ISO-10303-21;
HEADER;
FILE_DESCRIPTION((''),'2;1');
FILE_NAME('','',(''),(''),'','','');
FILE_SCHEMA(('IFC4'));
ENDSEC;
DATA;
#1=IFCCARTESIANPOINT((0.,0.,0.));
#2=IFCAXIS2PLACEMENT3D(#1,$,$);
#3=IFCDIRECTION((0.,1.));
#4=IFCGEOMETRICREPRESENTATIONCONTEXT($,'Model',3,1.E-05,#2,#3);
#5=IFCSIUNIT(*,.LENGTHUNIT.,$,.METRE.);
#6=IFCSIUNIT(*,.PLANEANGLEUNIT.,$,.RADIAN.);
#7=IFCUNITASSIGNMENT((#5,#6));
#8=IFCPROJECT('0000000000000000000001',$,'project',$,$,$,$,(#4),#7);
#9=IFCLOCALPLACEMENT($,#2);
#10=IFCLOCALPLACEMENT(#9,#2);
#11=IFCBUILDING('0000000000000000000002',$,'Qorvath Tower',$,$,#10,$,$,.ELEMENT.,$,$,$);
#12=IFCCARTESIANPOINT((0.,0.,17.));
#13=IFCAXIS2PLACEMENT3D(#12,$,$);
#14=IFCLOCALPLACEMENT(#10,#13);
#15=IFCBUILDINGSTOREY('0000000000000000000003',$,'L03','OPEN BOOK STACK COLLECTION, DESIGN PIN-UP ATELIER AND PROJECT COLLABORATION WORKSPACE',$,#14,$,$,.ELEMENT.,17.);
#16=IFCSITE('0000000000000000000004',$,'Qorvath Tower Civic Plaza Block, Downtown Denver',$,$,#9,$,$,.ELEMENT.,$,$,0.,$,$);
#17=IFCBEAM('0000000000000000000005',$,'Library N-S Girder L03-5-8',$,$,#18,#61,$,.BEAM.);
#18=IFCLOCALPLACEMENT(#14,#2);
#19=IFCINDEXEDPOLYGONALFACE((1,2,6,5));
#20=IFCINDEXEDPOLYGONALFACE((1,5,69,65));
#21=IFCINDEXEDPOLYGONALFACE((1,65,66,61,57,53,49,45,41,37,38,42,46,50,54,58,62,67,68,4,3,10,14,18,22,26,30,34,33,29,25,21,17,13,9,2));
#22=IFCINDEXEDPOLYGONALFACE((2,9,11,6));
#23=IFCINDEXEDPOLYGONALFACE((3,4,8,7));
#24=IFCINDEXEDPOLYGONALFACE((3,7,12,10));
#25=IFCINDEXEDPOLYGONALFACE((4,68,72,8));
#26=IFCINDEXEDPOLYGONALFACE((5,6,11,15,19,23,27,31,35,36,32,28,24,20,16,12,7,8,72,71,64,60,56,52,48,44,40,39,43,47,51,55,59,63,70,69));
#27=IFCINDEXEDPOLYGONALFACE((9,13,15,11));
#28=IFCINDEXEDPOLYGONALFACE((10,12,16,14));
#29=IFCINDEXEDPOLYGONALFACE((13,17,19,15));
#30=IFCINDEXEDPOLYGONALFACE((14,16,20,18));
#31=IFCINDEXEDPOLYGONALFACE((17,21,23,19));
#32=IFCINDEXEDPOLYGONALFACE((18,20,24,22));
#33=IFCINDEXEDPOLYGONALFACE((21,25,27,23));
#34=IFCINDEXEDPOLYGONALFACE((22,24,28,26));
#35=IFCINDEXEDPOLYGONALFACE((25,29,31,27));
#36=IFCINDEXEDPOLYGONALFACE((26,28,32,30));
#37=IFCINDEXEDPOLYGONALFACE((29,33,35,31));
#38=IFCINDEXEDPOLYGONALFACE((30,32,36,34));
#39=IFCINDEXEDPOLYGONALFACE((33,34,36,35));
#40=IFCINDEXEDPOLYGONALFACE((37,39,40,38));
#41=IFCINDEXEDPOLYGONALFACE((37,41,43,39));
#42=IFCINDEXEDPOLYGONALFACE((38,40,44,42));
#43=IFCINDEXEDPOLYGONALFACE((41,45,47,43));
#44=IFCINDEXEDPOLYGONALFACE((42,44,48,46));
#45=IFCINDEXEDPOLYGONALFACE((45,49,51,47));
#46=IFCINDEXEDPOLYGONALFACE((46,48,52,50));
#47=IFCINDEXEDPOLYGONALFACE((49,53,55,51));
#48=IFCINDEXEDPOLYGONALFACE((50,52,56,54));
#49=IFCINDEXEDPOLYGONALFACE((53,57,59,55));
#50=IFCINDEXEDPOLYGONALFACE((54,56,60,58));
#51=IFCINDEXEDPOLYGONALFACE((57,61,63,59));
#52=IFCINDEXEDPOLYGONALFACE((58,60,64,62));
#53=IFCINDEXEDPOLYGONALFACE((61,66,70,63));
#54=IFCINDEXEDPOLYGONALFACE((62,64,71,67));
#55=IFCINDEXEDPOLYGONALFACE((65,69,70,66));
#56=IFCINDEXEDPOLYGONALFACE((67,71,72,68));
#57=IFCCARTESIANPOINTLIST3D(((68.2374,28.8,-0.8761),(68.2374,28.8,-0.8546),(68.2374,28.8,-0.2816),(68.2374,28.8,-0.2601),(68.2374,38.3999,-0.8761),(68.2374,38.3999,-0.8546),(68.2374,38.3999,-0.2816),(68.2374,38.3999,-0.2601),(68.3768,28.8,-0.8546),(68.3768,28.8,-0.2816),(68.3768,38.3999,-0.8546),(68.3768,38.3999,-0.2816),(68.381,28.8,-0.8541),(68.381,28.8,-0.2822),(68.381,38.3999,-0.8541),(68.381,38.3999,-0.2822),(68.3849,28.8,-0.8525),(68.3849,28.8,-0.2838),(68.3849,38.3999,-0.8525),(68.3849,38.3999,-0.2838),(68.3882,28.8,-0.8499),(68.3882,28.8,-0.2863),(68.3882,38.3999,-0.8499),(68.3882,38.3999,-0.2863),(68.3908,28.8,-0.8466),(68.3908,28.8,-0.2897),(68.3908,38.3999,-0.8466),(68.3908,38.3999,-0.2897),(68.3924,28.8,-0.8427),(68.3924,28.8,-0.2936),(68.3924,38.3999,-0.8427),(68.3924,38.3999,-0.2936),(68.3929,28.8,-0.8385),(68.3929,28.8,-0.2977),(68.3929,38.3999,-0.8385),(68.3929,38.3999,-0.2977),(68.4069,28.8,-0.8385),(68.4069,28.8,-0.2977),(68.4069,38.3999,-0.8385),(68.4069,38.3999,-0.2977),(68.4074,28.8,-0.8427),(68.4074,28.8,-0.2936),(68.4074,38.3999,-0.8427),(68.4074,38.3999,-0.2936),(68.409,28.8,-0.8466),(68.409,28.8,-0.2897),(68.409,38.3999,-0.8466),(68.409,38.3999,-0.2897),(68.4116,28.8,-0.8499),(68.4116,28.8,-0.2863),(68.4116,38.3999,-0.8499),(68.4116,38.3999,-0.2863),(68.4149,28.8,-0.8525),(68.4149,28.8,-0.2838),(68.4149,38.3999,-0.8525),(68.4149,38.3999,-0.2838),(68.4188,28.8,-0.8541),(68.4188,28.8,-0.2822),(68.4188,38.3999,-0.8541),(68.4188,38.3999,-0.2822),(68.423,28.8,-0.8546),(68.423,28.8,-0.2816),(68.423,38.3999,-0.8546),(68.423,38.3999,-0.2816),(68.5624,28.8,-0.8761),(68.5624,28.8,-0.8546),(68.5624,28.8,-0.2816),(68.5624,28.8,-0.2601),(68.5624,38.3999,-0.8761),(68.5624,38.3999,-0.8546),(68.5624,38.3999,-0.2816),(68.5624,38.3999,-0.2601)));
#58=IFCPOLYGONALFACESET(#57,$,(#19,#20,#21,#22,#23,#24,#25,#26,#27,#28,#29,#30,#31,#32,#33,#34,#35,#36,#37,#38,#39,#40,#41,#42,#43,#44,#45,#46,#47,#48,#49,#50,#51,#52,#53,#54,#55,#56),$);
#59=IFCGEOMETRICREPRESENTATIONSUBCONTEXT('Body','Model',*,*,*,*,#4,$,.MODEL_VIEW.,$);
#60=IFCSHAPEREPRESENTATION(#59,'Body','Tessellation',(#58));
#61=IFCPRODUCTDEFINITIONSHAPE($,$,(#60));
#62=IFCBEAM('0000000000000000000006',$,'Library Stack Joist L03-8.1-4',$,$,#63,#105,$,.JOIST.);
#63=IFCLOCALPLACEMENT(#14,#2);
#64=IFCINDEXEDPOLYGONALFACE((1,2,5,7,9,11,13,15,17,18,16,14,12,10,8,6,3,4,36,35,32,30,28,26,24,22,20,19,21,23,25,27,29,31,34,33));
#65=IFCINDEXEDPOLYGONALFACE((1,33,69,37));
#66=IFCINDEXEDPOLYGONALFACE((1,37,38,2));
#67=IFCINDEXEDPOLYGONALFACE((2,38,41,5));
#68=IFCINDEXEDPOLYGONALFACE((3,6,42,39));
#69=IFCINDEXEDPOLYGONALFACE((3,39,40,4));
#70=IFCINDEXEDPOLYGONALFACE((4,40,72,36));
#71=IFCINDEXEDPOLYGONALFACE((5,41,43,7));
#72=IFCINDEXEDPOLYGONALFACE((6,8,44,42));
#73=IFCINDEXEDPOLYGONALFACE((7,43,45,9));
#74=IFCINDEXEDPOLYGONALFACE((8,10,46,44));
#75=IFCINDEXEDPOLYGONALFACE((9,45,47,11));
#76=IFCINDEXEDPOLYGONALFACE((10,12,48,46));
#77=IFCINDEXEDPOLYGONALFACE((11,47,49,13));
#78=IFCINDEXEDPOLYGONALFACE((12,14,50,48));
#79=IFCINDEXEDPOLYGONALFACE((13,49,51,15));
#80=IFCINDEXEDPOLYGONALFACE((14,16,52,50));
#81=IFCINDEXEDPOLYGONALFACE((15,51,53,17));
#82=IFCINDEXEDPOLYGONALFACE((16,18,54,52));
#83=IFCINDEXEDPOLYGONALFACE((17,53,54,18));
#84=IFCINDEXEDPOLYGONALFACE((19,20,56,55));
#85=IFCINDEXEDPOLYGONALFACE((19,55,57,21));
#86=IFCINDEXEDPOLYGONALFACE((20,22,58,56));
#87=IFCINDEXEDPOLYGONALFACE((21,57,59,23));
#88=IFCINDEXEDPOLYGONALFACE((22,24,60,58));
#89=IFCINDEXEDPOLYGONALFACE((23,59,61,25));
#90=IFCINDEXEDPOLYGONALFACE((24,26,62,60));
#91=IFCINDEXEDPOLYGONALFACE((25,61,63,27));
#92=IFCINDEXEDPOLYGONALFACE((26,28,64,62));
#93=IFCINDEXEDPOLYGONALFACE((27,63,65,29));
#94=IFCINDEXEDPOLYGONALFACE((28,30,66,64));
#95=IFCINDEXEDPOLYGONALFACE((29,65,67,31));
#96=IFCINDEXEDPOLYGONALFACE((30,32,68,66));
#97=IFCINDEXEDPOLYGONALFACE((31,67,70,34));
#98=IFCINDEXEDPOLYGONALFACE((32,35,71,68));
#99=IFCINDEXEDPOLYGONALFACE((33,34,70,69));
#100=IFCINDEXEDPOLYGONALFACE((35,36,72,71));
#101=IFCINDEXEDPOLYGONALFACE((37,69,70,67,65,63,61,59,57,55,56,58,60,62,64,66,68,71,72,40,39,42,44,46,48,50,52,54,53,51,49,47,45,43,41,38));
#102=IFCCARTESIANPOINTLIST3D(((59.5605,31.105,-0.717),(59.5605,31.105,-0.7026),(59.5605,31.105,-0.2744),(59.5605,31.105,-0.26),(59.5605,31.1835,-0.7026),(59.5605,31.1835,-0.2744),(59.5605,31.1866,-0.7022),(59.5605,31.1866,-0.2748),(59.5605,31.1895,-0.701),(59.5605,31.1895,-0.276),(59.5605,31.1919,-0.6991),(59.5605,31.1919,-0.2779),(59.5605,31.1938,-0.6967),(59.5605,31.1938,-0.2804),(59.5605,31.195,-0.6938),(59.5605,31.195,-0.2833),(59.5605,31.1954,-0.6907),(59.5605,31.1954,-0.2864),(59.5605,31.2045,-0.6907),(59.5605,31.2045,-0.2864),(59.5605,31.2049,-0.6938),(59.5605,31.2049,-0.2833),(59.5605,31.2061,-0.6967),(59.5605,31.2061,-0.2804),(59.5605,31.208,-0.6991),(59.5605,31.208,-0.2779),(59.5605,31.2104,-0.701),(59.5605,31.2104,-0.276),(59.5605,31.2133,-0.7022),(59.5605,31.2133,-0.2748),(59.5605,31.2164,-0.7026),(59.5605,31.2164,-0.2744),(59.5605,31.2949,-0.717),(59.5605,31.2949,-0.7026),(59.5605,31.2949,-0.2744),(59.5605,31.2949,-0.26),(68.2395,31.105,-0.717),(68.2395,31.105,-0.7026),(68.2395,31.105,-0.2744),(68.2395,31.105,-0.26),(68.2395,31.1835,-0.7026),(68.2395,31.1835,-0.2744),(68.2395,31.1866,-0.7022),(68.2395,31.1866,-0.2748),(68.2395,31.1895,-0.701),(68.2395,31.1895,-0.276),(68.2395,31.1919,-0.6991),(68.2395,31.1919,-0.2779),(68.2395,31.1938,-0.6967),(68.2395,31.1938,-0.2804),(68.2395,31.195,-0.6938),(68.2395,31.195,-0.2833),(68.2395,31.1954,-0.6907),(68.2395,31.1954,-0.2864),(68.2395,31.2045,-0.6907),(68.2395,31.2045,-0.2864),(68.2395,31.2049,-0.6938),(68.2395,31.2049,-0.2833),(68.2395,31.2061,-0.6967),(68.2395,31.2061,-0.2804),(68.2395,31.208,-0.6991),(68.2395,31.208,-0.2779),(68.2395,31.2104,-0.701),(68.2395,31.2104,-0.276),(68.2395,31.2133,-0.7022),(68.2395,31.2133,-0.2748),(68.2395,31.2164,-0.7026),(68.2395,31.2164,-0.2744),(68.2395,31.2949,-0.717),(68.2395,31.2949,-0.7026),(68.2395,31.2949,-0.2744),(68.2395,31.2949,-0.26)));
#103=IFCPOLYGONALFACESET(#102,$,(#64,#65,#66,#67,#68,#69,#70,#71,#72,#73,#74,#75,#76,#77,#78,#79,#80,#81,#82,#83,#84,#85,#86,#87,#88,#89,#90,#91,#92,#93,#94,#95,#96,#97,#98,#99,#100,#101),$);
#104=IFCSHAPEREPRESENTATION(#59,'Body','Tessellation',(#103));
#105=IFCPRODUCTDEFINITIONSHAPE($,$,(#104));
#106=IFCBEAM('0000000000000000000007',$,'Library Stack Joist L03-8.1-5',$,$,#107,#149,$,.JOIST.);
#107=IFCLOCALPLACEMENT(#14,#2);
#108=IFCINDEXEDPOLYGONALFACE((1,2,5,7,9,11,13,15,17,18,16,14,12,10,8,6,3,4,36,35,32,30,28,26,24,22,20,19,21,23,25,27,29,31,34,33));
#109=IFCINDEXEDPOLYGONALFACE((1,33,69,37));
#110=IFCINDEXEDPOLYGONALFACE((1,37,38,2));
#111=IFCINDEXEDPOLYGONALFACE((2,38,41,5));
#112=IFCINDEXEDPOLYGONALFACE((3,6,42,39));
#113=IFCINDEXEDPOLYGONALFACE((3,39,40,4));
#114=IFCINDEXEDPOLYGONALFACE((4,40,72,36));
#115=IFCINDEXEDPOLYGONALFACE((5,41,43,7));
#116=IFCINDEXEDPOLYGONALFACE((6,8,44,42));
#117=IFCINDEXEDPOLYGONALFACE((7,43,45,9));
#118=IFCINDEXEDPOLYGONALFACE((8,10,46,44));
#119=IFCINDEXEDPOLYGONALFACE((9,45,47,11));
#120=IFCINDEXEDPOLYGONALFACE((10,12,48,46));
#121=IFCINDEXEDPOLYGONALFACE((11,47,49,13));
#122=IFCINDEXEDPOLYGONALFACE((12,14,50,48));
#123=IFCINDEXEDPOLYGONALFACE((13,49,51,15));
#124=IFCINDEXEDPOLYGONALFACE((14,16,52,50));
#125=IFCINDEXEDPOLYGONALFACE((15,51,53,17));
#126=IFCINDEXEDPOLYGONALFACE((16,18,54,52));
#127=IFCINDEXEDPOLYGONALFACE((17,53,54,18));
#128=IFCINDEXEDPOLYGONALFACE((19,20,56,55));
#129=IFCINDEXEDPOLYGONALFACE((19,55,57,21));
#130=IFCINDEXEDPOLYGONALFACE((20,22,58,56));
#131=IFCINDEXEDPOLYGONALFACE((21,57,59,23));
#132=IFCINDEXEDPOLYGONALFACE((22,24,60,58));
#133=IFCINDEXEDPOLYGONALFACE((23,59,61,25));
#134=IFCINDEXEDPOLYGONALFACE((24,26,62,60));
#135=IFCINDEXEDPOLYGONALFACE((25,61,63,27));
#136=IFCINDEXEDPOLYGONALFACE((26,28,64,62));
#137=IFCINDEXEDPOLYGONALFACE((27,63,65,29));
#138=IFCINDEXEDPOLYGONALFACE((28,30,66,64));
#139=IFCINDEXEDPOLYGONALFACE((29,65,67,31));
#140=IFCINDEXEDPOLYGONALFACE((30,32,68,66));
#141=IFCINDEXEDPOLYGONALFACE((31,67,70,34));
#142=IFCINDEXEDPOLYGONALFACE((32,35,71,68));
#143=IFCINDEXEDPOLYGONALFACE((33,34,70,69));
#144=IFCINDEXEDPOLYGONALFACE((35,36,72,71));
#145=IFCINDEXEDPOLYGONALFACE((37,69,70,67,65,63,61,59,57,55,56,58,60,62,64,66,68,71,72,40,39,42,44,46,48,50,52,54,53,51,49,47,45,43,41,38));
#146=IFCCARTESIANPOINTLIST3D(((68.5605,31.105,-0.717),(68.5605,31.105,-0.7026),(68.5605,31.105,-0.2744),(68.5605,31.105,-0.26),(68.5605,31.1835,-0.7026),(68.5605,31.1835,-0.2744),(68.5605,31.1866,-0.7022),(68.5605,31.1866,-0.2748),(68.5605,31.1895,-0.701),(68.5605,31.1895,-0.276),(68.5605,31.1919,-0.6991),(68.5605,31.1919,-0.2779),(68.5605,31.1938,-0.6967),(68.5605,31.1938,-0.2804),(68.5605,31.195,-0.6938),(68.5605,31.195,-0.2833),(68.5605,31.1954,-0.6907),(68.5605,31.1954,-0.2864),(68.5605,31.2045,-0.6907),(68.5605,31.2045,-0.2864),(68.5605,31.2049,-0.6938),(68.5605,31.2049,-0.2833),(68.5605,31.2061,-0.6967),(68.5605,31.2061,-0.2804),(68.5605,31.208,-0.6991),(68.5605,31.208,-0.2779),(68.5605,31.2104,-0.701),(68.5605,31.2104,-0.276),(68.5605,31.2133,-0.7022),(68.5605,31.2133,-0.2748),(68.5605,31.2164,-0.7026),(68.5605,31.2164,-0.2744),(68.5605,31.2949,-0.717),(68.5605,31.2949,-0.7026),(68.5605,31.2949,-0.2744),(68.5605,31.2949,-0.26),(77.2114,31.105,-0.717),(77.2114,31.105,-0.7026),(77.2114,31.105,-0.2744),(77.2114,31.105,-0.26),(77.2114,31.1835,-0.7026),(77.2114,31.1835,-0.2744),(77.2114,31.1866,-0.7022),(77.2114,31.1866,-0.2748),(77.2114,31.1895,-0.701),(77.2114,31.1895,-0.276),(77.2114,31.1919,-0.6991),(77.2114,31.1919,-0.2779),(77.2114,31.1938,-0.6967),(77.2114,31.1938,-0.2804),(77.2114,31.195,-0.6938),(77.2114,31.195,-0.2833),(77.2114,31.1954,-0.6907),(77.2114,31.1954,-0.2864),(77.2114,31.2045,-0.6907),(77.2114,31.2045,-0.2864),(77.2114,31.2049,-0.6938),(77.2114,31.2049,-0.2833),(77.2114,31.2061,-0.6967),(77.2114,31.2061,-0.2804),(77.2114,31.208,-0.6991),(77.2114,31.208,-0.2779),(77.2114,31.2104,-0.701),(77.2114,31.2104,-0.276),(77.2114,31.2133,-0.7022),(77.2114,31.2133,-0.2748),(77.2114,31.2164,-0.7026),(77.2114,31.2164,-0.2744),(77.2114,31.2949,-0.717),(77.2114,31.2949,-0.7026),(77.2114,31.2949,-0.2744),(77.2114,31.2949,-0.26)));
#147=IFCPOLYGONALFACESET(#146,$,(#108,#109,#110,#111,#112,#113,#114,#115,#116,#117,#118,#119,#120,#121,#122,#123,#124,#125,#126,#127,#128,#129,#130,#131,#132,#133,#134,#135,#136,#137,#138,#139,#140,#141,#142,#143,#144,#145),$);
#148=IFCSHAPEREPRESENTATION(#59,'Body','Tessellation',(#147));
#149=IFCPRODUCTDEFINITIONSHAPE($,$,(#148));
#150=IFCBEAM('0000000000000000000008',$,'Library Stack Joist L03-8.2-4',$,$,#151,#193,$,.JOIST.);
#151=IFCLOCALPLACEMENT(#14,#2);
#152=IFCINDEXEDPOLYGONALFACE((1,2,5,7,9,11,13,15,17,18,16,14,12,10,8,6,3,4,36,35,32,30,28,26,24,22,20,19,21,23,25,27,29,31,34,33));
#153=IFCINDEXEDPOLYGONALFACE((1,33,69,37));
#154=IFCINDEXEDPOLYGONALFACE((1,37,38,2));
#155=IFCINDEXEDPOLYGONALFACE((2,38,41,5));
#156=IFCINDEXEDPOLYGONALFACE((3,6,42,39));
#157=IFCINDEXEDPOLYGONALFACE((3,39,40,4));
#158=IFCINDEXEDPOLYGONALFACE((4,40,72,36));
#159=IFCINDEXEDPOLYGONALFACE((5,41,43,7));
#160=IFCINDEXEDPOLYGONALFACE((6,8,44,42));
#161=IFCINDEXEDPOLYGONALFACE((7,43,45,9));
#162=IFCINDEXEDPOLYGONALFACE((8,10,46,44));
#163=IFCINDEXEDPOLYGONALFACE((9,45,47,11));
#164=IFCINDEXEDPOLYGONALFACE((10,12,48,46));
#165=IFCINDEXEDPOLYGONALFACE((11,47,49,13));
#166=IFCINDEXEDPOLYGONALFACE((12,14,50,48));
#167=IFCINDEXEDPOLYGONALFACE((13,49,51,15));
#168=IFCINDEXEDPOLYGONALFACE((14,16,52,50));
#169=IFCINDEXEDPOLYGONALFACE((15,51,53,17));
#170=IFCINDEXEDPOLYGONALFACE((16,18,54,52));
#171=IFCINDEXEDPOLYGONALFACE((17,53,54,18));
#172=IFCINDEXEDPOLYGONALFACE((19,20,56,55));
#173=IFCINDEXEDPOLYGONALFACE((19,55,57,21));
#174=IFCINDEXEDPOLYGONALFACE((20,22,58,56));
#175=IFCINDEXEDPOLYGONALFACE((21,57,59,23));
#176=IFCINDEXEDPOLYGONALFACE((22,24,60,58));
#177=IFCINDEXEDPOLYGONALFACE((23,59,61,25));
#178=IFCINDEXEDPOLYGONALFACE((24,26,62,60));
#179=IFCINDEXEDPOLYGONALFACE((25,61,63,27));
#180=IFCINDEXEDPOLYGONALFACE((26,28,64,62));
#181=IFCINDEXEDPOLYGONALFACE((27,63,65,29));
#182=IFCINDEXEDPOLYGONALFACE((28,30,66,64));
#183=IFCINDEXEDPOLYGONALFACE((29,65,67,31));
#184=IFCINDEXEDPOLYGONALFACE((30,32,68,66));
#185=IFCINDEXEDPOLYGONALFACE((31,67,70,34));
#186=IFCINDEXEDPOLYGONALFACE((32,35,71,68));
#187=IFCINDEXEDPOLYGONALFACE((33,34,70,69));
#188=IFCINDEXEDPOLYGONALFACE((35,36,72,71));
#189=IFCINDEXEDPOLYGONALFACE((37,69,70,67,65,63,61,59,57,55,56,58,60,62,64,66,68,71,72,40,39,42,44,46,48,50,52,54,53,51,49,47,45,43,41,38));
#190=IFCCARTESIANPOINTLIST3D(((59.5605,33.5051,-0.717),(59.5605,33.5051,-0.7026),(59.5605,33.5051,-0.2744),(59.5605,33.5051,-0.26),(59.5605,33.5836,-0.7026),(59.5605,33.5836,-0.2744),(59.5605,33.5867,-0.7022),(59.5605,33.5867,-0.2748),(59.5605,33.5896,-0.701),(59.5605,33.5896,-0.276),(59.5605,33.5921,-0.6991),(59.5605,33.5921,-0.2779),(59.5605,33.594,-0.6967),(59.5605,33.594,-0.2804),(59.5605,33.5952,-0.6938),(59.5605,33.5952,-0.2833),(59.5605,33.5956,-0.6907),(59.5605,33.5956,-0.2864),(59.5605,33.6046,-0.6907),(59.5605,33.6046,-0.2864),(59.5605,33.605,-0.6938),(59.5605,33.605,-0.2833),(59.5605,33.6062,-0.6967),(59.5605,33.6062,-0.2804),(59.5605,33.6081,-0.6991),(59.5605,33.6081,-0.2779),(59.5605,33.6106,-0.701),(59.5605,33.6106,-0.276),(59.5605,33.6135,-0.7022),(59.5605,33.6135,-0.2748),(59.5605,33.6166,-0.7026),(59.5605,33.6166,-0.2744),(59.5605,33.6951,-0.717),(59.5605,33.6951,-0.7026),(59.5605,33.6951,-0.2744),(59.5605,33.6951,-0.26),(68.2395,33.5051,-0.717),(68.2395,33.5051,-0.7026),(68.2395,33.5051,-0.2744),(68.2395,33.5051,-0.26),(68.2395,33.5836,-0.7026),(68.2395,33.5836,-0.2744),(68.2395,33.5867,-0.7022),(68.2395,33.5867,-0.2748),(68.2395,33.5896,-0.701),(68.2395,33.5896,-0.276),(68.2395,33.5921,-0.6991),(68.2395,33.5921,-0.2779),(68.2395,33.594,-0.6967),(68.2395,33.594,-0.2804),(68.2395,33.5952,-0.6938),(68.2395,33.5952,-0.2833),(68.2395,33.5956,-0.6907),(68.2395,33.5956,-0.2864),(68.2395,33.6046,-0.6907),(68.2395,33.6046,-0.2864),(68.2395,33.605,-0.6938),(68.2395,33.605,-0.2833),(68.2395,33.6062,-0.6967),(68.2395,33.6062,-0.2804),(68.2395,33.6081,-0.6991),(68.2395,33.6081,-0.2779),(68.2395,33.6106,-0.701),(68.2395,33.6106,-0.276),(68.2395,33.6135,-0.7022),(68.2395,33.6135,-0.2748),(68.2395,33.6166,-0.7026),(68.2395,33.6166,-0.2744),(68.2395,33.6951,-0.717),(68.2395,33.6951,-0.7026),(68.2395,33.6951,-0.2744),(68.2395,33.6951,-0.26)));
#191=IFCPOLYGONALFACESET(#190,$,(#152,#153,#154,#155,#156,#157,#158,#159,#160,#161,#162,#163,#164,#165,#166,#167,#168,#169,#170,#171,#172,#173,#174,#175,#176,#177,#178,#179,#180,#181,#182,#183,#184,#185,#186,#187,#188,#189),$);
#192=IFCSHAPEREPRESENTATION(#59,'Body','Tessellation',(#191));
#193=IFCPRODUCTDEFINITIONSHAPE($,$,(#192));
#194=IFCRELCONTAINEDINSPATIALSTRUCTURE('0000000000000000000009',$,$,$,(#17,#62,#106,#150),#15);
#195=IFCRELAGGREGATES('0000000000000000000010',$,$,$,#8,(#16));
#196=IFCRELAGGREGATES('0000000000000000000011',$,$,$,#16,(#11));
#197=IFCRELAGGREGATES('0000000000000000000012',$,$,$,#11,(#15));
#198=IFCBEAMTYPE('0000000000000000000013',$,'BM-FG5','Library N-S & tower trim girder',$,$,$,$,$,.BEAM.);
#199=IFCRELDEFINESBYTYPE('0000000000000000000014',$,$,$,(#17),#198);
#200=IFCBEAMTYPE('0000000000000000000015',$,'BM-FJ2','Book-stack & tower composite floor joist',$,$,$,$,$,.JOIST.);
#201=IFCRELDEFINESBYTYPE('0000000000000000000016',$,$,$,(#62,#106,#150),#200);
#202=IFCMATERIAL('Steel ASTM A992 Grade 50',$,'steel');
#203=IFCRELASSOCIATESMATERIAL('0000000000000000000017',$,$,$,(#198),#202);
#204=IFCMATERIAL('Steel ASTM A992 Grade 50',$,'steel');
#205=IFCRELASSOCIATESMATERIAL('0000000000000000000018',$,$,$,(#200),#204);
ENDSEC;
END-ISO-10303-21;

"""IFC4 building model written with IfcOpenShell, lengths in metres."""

from ifc_helpers import new_model, si_unit, direction, frame, origin, origin_2d, place, context, subcontext, project, spatial, i_section, extrude, material, material_profile, profile_set, type_object, element, save


model = new_model("IFC4")

# Units and contexts
model_context = context("Model", 3, precision=1e-05, world=origin(), true_north=direction((0.0, 1.0)))
body_context = subcontext(model_context, "Body", "Model", "MODEL_VIEW")
ifc_project = project(units=[si_unit("LENGTHUNIT", "METRE"), si_unit("PLANEANGLEUNIT", "RADIAN")], contexts=[model_context])

# Site, building, storey
site_placement = place(None, origin())
site = spatial("IfcSite", under=ifc_project, at=site_placement, Name="Qorvath Tower Civic Plaza Block, Downtown Denver", CompositionType="ELEMENT", RefElevation=0.0)
building_placement = place(site_placement, origin())
building = spatial("IfcBuilding", under=site, at=building_placement, Name="Qorvath Tower", CompositionType="ELEMENT")
storey_placement = place(building_placement, frame((0.0, 0.0, 17.0)))
storey = spatial("IfcBuildingStorey", under=building, at=storey_placement, Name="L03", Description="OPEN BOOK STACK COLLECTION, DESIGN PIN-UP ATELIER AND PROJECT COLLABORATION WORKSPACE", CompositionType="ELEMENT", Elevation=17.0)

# Beams
ifc_material_1 = material(Name="Steel ASTM A992 Grade 50", Category="steel")
ifc_material_profile_1 = material_profile(ifc_material_1, i_section(OverallWidth=0.325, OverallDepth=0.616, WebThickness=0.0139, FlangeThickness=0.0215, FilletRadius=0.0161, at=origin_2d()), Name="W24x117")
ifc_profile_set_1 = profile_set([ifc_material_profile_1], Name="Steel ASTM A992 Grade 50")
beam_type_1 = type_object("IfcBeamType", Name="BM-FG5", Description="Library N-S & tower trim girder", PredefinedType="BEAM", material=ifc_profile_set_1)
for number, where, z_axis, x_axis, name in (
    (1, (68.3999, 28.8, -0.5681), (0.0, 1.0, 0.0), (-1.0, 0.0, 0.0), "Library N-S Girder L03-5-8"),
):
    element("IfcBeam", number, at=place(storey_placement, frame(where, z_axis=z_axis, x_axis=x_axis)), inside=storey, type_object=beam_type_1, Name=name, PredefinedType="BEAM", context=body_context, shape_type="SweptSolid", body=[
        extrude(i_section(OverallWidth=0.325, OverallDepth=0.616, WebThickness=0.0139, FlangeThickness=0.0215, FilletRadius=0.0161, at=origin_2d()), origin(), (0.0, 0.0, 1.0), 9.5999),
    ])
ifc_material_2 = material(Name="Steel ASTM A992 Grade 50", Category="steel")
ifc_material_profile_2 = material_profile(ifc_material_2, i_section(OverallWidth=0.1899, OverallDepth=0.457, WebThickness=0.009, FlangeThickness=0.0144, FilletRadius=0.012, at=origin_2d()), Name="W18x50")
ifc_profile_set_2 = profile_set([ifc_material_profile_2], Name="Steel ASTM A992 Grade 50")
beam_type_2 = type_object("IfcBeamType", Name="BM-FJ2", Description="Book-stack & tower composite floor joist", PredefinedType="JOIST", material=ifc_profile_set_2)
beam_1_placement = place(storey_placement, frame((59.5605, 31.2, -0.4885), z_axis=(1.0, 0.0, 0.0), x_axis=(0.0, 1.0, 0.0)))
element("IfcBeam", 2, at=beam_1_placement, inside=storey, type_object=beam_type_2, Name="Library Stack Joist L03-8.1-4", PredefinedType="JOIST", context=body_context, shape_type="SweptSolid", body=[
    extrude(i_section(OverallWidth=0.1899, OverallDepth=0.457, WebThickness=0.009, FlangeThickness=0.0144, FilletRadius=0.012, at=origin_2d()), origin(), (0.0, 0.0, 1.0), 8.679),
])
beam_2_placement = place(storey_placement, frame((68.5605, 31.2, -0.4885), z_axis=(1.0, 0.0, 0.0), x_axis=(0.0, 1.0, 0.0)))
element("IfcBeam", 3, at=beam_2_placement, inside=storey, type_object=beam_type_2, Name="Library Stack Joist L03-8.1-5", PredefinedType="JOIST", context=body_context, shape_type="SweptSolid", body=[
    extrude(i_section(OverallWidth=0.1899, OverallDepth=0.457, WebThickness=0.009, FlangeThickness=0.0144, FilletRadius=0.012, at=origin_2d()), origin(), (0.0, 0.0, 1.0), 8.6509),
])
beam_3_placement = place(storey_placement, frame((59.5605, 33.6001, -0.4885), z_axis=(1.0, 0.0, 0.0), x_axis=(0.0, 1.0, 0.0)))
element("IfcBeam", 4, at=beam_3_placement, inside=storey, type_object=beam_type_2, Name="Library Stack Joist L03-8.2-4", PredefinedType="JOIST", context=body_context, shape_type="SweptSolid", body=[
    extrude(i_section(OverallWidth=0.1899, OverallDepth=0.457, WebThickness=0.009, FlangeThickness=0.0144, FilletRadius=0.012, at=origin_2d()), origin(), (0.0, 0.0, 1.0), 8.679),
])

save(model, "model.ifc")
